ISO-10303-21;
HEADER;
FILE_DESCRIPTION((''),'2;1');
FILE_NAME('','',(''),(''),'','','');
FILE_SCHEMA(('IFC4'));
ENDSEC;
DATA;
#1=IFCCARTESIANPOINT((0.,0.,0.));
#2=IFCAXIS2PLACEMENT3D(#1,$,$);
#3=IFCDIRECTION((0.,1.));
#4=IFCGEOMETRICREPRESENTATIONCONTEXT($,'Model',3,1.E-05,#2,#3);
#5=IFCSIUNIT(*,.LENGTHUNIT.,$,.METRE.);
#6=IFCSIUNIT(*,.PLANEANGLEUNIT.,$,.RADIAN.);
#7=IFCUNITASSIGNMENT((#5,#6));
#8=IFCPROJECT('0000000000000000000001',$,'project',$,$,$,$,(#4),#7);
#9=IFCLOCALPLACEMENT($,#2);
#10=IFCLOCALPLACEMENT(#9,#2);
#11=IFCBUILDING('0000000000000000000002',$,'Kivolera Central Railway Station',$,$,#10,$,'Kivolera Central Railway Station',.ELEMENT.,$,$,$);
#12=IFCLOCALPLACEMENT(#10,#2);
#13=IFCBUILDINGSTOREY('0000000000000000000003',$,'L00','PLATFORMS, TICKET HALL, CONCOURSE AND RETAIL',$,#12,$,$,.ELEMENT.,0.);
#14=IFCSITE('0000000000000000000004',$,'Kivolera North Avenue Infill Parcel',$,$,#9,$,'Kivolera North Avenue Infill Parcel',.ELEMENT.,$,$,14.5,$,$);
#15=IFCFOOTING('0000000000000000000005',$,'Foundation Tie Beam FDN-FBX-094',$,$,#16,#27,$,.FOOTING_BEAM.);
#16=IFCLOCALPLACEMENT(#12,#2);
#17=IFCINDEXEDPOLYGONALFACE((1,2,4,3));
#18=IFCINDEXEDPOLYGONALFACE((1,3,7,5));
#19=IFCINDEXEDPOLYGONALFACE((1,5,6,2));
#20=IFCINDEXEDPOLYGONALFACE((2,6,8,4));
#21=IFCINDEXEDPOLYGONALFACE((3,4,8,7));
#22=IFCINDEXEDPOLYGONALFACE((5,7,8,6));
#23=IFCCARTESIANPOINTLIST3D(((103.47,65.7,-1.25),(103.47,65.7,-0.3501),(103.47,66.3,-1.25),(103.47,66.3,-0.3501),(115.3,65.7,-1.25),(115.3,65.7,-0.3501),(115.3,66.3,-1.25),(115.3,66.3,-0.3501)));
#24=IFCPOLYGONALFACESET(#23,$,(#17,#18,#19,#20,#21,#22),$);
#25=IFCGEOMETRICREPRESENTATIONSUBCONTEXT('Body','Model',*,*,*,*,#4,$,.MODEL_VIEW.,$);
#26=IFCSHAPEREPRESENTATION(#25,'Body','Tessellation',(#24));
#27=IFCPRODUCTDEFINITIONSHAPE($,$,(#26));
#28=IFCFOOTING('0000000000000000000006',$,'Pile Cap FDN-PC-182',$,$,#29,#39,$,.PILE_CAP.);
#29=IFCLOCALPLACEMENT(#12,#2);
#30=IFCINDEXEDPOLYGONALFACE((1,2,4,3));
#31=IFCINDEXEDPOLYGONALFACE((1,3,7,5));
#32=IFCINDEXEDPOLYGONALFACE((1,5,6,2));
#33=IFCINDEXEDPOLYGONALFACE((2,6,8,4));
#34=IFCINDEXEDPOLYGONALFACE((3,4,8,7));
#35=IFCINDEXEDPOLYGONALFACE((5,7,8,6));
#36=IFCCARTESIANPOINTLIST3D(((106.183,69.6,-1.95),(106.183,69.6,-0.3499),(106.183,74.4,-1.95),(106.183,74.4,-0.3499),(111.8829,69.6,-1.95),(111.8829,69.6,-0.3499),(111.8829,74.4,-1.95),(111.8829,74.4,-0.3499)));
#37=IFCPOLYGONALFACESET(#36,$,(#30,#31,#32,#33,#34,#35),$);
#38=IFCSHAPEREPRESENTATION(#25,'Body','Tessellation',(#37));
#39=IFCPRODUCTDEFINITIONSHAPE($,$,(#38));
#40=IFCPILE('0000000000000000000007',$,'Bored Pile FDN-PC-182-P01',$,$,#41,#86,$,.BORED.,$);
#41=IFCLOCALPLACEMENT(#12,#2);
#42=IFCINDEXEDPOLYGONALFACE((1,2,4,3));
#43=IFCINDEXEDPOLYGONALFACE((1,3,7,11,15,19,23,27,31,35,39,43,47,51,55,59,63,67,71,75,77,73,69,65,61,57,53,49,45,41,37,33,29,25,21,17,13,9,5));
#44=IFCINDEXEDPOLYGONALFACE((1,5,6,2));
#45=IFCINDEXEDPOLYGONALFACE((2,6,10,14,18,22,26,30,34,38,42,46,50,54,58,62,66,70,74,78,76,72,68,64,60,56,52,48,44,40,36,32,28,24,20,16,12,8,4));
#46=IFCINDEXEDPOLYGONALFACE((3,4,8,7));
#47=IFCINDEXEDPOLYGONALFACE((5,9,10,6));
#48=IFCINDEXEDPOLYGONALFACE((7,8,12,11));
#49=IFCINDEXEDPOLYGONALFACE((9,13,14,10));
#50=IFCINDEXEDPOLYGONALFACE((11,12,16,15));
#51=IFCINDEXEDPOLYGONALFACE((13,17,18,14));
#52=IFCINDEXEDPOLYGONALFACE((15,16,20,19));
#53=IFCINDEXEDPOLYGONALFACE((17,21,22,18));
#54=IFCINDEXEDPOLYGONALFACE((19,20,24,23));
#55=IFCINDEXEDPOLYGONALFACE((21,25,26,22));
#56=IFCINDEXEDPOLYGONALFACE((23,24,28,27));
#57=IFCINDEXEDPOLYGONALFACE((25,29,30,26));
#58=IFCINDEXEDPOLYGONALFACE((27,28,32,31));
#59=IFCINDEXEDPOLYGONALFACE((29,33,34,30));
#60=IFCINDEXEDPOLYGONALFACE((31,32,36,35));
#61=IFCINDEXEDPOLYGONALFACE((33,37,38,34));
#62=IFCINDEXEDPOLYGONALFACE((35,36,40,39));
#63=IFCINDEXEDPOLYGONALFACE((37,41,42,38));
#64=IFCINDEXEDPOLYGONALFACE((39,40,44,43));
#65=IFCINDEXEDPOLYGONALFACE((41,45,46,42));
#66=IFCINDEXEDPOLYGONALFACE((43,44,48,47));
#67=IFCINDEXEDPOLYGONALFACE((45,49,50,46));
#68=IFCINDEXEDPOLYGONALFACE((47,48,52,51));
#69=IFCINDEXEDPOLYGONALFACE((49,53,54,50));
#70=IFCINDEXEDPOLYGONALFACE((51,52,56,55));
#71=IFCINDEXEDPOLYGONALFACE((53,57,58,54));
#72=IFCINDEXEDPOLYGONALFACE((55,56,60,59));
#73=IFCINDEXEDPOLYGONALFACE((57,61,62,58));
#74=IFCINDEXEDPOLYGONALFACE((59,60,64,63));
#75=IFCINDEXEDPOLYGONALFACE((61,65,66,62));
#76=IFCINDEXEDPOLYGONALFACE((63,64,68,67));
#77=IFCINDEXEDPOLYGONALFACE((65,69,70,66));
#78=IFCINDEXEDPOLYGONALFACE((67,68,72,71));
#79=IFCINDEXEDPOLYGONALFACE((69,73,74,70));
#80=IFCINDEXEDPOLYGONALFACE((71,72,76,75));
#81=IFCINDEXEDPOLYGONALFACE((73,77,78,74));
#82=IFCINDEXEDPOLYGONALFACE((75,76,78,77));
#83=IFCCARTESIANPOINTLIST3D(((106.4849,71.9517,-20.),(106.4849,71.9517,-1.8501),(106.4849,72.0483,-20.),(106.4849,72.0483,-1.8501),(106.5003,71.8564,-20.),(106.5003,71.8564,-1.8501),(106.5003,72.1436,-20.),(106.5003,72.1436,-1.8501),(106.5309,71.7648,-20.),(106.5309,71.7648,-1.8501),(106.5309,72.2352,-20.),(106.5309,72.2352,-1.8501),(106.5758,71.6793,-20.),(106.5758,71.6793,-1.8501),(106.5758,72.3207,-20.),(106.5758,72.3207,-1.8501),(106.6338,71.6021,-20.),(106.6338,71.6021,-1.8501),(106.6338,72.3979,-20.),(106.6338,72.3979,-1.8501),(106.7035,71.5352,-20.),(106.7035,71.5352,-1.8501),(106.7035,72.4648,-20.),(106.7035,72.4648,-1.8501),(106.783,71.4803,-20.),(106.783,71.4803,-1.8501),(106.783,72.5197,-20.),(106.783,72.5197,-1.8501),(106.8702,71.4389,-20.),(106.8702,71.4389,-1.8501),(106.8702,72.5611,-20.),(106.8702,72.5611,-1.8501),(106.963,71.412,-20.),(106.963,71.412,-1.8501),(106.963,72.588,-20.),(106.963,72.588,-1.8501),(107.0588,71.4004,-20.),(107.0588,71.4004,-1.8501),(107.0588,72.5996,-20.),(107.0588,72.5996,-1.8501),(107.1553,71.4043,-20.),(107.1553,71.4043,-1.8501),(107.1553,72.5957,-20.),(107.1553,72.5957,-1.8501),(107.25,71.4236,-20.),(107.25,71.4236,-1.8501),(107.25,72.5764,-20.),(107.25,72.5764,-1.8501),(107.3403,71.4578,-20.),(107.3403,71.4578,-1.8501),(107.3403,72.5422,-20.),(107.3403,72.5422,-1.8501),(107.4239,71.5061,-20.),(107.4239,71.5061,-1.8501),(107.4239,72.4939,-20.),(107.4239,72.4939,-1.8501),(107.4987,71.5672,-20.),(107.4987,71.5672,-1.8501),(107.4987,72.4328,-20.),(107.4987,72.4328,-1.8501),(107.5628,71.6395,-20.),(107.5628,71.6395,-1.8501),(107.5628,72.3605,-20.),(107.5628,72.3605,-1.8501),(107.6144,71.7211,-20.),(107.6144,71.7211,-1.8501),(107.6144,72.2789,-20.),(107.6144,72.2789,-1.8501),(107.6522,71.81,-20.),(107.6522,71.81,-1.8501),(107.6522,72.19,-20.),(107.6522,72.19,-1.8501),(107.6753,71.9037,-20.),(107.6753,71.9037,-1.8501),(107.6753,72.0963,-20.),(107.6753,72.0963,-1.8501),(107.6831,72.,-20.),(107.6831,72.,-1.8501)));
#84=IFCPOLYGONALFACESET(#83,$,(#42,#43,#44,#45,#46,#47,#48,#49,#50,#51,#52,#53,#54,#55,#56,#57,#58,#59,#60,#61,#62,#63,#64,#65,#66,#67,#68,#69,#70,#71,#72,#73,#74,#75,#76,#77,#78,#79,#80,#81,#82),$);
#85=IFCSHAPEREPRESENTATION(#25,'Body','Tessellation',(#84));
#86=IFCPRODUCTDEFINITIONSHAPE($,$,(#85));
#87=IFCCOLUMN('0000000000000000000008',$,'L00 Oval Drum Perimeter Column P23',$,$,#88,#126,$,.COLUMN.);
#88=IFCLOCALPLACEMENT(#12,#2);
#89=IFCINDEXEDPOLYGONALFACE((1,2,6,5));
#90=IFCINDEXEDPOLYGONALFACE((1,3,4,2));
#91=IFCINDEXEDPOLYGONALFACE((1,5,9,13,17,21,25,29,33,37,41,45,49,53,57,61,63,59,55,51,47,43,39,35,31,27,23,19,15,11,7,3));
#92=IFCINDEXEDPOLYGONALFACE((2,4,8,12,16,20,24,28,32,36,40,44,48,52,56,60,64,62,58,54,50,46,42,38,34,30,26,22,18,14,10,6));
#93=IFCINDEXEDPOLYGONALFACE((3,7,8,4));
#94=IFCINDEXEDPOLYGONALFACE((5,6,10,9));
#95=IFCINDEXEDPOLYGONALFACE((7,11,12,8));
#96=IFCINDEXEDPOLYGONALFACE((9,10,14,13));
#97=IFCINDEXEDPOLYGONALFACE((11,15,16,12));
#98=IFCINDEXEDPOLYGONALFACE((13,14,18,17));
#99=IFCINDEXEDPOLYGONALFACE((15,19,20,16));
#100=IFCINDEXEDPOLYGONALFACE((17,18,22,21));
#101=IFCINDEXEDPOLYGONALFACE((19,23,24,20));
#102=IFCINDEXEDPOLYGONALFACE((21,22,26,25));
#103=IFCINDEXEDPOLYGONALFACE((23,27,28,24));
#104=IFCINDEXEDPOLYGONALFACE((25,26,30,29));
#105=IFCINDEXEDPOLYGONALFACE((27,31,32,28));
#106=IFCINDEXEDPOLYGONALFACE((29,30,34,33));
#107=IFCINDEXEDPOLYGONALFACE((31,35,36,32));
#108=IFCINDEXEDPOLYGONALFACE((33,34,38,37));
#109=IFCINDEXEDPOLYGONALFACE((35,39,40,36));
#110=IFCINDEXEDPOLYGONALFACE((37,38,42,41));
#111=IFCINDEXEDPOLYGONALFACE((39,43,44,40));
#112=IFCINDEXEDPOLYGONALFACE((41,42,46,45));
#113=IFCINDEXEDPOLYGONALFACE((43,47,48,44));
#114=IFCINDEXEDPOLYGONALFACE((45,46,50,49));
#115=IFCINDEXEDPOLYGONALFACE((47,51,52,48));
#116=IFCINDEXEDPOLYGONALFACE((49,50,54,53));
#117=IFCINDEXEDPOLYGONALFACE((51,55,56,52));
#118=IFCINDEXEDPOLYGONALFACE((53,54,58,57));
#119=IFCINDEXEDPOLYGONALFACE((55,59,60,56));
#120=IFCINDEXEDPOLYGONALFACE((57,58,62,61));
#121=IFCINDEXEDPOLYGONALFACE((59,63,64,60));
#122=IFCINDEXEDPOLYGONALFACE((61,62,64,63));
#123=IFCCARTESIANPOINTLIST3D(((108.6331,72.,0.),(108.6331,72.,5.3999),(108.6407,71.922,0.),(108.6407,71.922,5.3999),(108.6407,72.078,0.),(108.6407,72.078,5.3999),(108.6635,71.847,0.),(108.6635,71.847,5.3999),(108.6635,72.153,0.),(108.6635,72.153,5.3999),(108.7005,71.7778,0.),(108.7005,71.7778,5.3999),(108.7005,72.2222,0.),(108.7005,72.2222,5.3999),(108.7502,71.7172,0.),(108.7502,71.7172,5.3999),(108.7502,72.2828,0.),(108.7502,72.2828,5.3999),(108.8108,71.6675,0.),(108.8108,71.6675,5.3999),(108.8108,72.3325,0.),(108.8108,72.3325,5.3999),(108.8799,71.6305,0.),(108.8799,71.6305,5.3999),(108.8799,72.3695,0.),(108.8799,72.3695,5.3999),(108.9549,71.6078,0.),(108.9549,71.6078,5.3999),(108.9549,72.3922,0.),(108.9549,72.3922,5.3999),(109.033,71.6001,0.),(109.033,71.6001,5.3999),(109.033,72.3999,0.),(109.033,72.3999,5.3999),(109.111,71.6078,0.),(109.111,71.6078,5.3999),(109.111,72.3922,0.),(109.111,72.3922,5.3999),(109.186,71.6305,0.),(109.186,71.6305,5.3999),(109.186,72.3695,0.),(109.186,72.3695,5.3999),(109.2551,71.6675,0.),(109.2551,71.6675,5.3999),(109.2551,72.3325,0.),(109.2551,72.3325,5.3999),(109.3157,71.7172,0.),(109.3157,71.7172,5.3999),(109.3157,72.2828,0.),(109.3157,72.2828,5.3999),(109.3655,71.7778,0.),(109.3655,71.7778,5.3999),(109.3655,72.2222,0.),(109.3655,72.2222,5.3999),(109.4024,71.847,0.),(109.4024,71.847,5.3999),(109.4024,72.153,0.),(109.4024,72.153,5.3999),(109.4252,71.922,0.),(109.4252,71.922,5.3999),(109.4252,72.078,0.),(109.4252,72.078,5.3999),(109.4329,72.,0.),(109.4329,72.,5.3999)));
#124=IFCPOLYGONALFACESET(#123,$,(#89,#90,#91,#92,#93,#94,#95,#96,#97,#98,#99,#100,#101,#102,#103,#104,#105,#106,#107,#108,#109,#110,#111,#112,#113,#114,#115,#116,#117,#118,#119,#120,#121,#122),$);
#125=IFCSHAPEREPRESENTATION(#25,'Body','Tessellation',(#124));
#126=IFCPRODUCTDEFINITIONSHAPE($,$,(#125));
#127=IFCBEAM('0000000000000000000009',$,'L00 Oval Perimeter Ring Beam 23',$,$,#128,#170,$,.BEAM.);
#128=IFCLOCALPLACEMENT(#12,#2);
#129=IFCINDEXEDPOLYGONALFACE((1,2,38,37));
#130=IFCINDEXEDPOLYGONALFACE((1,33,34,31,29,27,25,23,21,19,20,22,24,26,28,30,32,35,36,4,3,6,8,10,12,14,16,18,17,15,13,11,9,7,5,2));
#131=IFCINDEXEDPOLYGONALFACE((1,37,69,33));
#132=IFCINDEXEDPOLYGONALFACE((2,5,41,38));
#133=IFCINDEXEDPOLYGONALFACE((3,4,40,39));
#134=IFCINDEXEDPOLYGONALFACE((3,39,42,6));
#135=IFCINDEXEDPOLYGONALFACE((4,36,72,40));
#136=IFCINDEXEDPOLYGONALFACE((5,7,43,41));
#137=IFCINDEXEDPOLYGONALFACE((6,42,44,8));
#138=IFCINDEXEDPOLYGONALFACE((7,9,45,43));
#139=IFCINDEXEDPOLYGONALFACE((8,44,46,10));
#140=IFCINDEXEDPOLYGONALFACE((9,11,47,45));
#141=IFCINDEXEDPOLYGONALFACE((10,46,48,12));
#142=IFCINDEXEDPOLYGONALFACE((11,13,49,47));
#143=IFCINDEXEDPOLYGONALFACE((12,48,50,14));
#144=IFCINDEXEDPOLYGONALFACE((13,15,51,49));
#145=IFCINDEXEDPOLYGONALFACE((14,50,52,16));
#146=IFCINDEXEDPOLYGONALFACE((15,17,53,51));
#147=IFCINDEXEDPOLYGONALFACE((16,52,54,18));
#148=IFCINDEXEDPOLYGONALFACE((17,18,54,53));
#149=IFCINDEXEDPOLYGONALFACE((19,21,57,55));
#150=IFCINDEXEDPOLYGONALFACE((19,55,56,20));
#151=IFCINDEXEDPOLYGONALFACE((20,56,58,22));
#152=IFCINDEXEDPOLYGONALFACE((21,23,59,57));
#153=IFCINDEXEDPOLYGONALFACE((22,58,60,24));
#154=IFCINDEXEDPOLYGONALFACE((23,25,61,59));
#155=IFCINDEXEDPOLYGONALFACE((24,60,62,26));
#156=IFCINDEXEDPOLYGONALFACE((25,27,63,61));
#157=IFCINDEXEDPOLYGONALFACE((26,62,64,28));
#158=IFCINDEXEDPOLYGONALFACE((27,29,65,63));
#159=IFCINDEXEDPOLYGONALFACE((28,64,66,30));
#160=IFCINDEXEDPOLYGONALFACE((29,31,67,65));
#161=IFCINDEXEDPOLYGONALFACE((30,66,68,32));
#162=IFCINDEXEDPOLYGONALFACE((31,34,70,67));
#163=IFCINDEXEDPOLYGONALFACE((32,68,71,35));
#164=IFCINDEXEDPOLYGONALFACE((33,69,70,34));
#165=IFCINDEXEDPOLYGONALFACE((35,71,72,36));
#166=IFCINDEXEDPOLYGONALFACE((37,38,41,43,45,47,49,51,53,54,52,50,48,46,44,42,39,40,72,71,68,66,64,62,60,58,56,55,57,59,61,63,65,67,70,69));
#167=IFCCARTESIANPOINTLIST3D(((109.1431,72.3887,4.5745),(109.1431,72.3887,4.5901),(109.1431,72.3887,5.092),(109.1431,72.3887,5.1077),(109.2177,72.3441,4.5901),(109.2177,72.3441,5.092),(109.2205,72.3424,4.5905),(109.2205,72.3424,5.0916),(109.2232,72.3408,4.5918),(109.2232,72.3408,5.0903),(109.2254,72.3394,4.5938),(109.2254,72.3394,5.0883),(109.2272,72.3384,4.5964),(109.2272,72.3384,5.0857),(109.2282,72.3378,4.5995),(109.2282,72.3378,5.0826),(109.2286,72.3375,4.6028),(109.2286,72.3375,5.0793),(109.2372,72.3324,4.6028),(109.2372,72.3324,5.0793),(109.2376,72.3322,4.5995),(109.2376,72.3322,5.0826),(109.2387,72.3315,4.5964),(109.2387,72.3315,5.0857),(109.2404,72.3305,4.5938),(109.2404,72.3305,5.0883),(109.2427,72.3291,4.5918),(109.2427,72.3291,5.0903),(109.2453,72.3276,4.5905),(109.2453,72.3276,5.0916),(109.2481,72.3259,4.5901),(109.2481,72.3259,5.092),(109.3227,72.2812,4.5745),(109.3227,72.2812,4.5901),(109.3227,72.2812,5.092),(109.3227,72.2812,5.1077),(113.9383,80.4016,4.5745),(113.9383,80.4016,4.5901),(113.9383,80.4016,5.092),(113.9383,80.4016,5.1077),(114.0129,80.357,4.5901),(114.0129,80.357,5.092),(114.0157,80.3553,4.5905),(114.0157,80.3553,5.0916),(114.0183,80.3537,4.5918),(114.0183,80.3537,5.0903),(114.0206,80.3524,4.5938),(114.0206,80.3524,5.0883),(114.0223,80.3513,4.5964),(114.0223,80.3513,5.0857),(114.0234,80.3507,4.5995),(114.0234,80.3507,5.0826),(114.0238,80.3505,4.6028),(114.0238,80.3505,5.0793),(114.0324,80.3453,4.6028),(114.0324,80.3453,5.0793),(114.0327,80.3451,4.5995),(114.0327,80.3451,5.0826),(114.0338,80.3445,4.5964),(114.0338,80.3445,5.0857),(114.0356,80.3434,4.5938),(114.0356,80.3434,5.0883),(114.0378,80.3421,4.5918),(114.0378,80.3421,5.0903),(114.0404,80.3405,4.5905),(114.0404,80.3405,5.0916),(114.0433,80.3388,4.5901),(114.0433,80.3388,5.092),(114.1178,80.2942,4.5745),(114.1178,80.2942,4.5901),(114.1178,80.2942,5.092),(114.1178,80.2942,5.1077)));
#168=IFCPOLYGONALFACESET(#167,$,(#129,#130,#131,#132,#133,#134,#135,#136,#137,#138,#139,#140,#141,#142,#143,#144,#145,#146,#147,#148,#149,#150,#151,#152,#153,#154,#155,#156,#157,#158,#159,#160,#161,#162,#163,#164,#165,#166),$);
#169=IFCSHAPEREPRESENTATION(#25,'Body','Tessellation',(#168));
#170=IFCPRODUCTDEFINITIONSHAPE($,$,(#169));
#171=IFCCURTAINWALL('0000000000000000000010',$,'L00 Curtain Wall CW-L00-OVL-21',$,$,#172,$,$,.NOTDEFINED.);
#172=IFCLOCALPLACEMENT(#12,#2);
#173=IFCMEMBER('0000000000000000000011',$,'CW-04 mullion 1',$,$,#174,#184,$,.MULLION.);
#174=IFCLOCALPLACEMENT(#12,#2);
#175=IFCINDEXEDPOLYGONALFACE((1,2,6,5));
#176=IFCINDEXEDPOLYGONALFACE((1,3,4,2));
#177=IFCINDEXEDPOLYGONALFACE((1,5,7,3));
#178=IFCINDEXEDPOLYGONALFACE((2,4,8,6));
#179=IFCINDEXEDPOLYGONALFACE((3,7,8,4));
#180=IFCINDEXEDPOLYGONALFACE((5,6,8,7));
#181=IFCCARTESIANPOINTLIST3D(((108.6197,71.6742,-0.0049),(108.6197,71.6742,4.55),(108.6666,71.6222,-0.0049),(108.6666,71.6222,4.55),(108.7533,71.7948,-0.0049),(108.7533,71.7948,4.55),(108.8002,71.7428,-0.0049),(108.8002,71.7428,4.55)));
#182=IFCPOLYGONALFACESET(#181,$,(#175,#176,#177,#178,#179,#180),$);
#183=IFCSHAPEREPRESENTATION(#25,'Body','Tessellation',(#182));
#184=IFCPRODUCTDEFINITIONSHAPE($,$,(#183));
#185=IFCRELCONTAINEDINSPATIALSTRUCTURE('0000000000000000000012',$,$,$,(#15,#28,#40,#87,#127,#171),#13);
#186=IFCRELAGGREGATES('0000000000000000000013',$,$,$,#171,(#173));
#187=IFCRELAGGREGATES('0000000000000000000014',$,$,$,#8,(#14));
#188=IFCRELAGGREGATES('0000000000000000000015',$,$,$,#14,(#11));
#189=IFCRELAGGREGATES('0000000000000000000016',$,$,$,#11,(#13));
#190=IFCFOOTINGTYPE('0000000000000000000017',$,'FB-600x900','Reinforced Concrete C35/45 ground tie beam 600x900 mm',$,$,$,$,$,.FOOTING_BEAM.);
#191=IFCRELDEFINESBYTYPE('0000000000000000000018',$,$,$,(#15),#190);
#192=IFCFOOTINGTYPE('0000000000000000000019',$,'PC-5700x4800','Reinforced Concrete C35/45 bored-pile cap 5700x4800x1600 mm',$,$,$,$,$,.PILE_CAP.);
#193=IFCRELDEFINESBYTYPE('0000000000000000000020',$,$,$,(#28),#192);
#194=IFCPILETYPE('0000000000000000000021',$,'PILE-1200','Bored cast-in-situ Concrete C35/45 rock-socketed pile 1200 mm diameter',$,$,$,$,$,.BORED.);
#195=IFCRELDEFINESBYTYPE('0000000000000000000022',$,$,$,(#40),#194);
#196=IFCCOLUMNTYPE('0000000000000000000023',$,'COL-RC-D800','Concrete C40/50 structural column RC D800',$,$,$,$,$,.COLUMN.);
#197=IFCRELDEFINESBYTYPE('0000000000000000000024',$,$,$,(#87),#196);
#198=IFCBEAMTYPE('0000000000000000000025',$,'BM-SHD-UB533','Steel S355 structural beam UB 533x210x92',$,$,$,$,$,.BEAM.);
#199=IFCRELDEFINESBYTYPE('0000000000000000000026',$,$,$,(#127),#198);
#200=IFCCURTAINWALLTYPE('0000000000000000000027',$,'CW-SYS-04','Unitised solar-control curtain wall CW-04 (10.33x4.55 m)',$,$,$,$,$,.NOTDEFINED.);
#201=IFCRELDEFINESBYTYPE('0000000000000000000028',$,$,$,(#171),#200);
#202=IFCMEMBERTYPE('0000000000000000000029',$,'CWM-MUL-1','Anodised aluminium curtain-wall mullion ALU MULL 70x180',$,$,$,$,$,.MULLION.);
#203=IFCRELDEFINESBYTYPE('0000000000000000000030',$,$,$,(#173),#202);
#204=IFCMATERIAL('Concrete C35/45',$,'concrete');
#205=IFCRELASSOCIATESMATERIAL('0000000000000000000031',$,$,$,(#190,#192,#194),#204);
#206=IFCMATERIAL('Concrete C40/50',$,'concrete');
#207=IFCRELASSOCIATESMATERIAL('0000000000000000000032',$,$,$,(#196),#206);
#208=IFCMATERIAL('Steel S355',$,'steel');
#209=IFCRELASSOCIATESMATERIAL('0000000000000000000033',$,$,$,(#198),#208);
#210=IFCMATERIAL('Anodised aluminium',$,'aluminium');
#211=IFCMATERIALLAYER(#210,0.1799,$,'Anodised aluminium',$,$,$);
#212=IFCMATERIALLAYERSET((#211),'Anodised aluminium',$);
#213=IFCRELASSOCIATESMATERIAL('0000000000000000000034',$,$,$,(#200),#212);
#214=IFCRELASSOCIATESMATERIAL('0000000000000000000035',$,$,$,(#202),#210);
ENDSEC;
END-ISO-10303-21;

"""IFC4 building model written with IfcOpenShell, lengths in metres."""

from ifc_helpers import new_model, si_unit, direction, frame, origin, origin_2d, place, context, subcontext, project, spatial, rectangle, circle, i_section, extrude, material, layer, layer_set, material_profile, profile_set, type_object, element, aggregate, save


model = new_model("IFC4")

# Units and contexts
model_context = context("Model", 3, precision=1e-05, world=origin(), true_north=direction((0.0, 1.0)))
body_context = subcontext(model_context, "Body", "Model", "MODEL_VIEW")
ifc_project = project(units=[si_unit("LENGTHUNIT", "METRE"), si_unit("PLANEANGLEUNIT", "RADIAN")], contexts=[model_context])

# Site, building, storey
site_placement = place(None, origin())
site = spatial("IfcSite", under=ifc_project, at=site_placement, Name="Kivolera North Avenue Infill Parcel", LongName="Kivolera North Avenue Infill Parcel", CompositionType="ELEMENT", RefElevation=14.5)
building_placement = place(site_placement, origin())
building = spatial("IfcBuilding", under=site, at=building_placement, Name="Kivolera Central Railway Station", LongName="Kivolera Central Railway Station", CompositionType="ELEMENT")
storey_placement = place(building_placement, origin())
storey = spatial("IfcBuildingStorey", under=building, at=storey_placement, Name="L00", Description="PLATFORMS, TICKET HALL, CONCOURSE AND RETAIL", CompositionType="ELEMENT", Elevation=0.0)

# Footings
ifc_material_1 = material(Name="Concrete C35/45", Category="concrete")
footing_type_1 = type_object("IfcFootingType", Name="FB-600x900", Description="Reinforced Concrete C35/45 ground tie beam 600x900 mm", PredefinedType="FOOTING_BEAM", material=ifc_material_1)
footing_1_placement = place(storey_placement, frame((109.385, 66.0, -1.25), z_axis=(0.0, 0.0, 1.0), x_axis=(1.0, 0.0, 0.0)))
element("IfcFooting", 1, at=footing_1_placement, inside=storey, type_object=footing_type_1, Name="Foundation Tie Beam FDN-FBX-094", PredefinedType="FOOTING_BEAM", context=body_context, shape_type="SweptSolid", body=[
    extrude(rectangle(XDim=11.8301, YDim=0.6001, at=origin_2d()), origin(), (0.0, 0.0, 1.0), 0.8999),
])
footing_type_2 = type_object("IfcFootingType", Name="PC-5700x4800", Description="Reinforced Concrete C35/45 bored-pile cap 5700x4800x1600 mm", PredefinedType="PILE_CAP", material=ifc_material_1)
footing_2_placement = place(storey_placement, frame((109.033, 72.0, -1.95), z_axis=(0.0, 0.0, 1.0), x_axis=(1.0, 0.0, 0.0)))
element("IfcFooting", 2, at=footing_2_placement, inside=storey, type_object=footing_type_2, Name="Pile Cap FDN-PC-182", PredefinedType="PILE_CAP", context=body_context, shape_type="SweptSolid", body=[
    extrude(rectangle(XDim=5.7, YDim=4.8, at=origin_2d()), origin(), (0.0, 0.0, 1.0), 1.6001),
])

# Pile
ifc_material_profile_1 = material_profile(ifc_material_1, circle(Radius=0.6001, at=origin_2d()), Name="PILE D1200")
ifc_profile_set_1 = profile_set([ifc_material_profile_1], Name="Concrete C35/45")
pile_type = type_object("IfcPileType", Name="PILE-1200", Description="Bored cast-in-situ Concrete C35/45 rock-socketed pile 1200 mm diameter", PredefinedType="BORED", material=ifc_profile_set_1)
pile_placement = place(storey_placement, frame((107.083, 72.0, -1.8501), z_axis=(0.0, 0.0, -1.0), x_axis=(1.0, 0.0, 0.0)))
element("IfcPile", 3, at=pile_placement, inside=storey, type_object=pile_type, Name="Bored Pile FDN-PC-182-P01", PredefinedType="BORED", context=body_context, shape_type="SweptSolid", body=[
    extrude(circle(Radius=0.6001, at=origin_2d()), origin(), (0.0, 0.0, 1.0), 18.1499),
])

# Column
ifc_material_2 = material(Name="Concrete C40/50", Category="concrete")
ifc_material_profile_2 = material_profile(ifc_material_2, circle(Radius=0.3999, at=origin_2d()), Name="RC D800")
ifc_profile_set_2 = profile_set([ifc_material_profile_2], Name="Concrete C40/50")
column_type = type_object("IfcColumnType", Name="COL-RC-D800", Description="Concrete C40/50 structural column RC D800", PredefinedType="COLUMN", material=ifc_profile_set_2)
column_placement = place(storey_placement, frame((109.033, 72.0, 0.0), z_axis=(0.0, 0.0, 1.0), x_axis=(1.0, 0.0, 0.0)))
element("IfcColumn", 4, at=column_placement, inside=storey, type_object=column_type, Name="L00 Oval Drum Perimeter Column P23", PredefinedType="COLUMN", context=body_context, shape_type="SweptSolid", body=[
    extrude(circle(Radius=0.3999, at=origin_2d()), origin(), (0.0, 0.0, 1.0), 5.3999),
])

# Beam
ifc_material_3 = material(Name="Steel S355", Category="steel")
ifc_material_profile_3 = material_profile(ifc_material_3, i_section(OverallWidth=0.2092, OverallDepth=0.5332, WebThickness=0.01, FlangeThickness=0.0156, FilletRadius=0.0127, at=origin_2d()), Name="UB 533x210x92")
ifc_profile_set_3 = profile_set([ifc_material_profile_3], Name="Steel S355")
beam_type = type_object("IfcBeamType", Name="BM-SHD-UB533", Description="Steel S355 structural beam UB 533x210x92", PredefinedType="BEAM", material=ifc_profile_set_3)
beam_placement = place(storey_placement, frame((109.2329, 72.335, 4.8411), z_axis=(0.513503, 0.858088, 0.0), x_axis=(-0.858088, 0.513503, 0.0)))
element("IfcBeam", 5, at=beam_placement, inside=storey, type_object=beam_type, Name="L00 Oval Perimeter Ring Beam 23", PredefinedType="BEAM", context=body_context, shape_type="SweptSolid", body=[
    extrude(i_section(OverallWidth=0.2092, OverallDepth=0.5332, WebThickness=0.01, FlangeThickness=0.0156, FilletRadius=0.0127, at=origin_2d()), origin(), (0.0, 0.0, 1.0), 9.3381),
])

# Curtain wall, member
ifc_material_4 = material(Name="Anodised aluminium", Category="aluminium")
ifc_layer_1 = layer(ifc_material_4, 0.1799, Name="Anodised aluminium")
ifc_layer_set_1 = layer_set([ifc_layer_1], Name="Anodised aluminium")
curtain_wall_type_1 = type_object("IfcCurtainWallType", Name="CW-SYS-04", Description="Unitised solar-control curtain wall CW-04 (10.33x4.55 m)", PredefinedType="NOTDEFINED", material=ifc_layer_set_1)
curtain_wall_1_placement = place(storey_placement, origin())
curtain_wall_1 = element("IfcCurtainWall", 6, at=curtain_wall_1_placement, inside=storey, type_object=curtain_wall_type_1, Name="L00 Curtain Wall CW-L00-OVL-21", PredefinedType="NOTDEFINED")
ifc_material_profile_4 = material_profile(ifc_material_4, rectangle(XDim=0.0701, YDim=0.1799, at=origin_2d()), Name="ALU MULL 70x180")
ifc_profile_set_4 = profile_set([ifc_material_profile_4], Name="Anodised aluminium")
member_type_1 = type_object("IfcMemberType", Name="CWM-MUL-1", Description="Anodised aluminium curtain-wall mullion ALU MULL 70x180", PredefinedType="MULLION", material=ifc_profile_set_4)
member_1_placement = place(storey_placement, frame((108.71, 71.7085, -0.0049), z_axis=(0.0, 0.0, 1.0), x_axis=(0.669922, -0.742432, 0.0)))
member_1 = element("IfcMember", 7, at=member_1_placement, type_object=member_type_1, Name="CW-04 mullion 1", PredefinedType="MULLION", context=body_context, shape_type="SweptSolid", body=[
    extrude(rectangle(XDim=0.0701, YDim=0.1799, at=origin_2d()), origin(), (0.0, 0.0, 1.0), 4.5549),
])

aggregate(curtain_wall_1, [member_1])

save(model, "model.ifc")
